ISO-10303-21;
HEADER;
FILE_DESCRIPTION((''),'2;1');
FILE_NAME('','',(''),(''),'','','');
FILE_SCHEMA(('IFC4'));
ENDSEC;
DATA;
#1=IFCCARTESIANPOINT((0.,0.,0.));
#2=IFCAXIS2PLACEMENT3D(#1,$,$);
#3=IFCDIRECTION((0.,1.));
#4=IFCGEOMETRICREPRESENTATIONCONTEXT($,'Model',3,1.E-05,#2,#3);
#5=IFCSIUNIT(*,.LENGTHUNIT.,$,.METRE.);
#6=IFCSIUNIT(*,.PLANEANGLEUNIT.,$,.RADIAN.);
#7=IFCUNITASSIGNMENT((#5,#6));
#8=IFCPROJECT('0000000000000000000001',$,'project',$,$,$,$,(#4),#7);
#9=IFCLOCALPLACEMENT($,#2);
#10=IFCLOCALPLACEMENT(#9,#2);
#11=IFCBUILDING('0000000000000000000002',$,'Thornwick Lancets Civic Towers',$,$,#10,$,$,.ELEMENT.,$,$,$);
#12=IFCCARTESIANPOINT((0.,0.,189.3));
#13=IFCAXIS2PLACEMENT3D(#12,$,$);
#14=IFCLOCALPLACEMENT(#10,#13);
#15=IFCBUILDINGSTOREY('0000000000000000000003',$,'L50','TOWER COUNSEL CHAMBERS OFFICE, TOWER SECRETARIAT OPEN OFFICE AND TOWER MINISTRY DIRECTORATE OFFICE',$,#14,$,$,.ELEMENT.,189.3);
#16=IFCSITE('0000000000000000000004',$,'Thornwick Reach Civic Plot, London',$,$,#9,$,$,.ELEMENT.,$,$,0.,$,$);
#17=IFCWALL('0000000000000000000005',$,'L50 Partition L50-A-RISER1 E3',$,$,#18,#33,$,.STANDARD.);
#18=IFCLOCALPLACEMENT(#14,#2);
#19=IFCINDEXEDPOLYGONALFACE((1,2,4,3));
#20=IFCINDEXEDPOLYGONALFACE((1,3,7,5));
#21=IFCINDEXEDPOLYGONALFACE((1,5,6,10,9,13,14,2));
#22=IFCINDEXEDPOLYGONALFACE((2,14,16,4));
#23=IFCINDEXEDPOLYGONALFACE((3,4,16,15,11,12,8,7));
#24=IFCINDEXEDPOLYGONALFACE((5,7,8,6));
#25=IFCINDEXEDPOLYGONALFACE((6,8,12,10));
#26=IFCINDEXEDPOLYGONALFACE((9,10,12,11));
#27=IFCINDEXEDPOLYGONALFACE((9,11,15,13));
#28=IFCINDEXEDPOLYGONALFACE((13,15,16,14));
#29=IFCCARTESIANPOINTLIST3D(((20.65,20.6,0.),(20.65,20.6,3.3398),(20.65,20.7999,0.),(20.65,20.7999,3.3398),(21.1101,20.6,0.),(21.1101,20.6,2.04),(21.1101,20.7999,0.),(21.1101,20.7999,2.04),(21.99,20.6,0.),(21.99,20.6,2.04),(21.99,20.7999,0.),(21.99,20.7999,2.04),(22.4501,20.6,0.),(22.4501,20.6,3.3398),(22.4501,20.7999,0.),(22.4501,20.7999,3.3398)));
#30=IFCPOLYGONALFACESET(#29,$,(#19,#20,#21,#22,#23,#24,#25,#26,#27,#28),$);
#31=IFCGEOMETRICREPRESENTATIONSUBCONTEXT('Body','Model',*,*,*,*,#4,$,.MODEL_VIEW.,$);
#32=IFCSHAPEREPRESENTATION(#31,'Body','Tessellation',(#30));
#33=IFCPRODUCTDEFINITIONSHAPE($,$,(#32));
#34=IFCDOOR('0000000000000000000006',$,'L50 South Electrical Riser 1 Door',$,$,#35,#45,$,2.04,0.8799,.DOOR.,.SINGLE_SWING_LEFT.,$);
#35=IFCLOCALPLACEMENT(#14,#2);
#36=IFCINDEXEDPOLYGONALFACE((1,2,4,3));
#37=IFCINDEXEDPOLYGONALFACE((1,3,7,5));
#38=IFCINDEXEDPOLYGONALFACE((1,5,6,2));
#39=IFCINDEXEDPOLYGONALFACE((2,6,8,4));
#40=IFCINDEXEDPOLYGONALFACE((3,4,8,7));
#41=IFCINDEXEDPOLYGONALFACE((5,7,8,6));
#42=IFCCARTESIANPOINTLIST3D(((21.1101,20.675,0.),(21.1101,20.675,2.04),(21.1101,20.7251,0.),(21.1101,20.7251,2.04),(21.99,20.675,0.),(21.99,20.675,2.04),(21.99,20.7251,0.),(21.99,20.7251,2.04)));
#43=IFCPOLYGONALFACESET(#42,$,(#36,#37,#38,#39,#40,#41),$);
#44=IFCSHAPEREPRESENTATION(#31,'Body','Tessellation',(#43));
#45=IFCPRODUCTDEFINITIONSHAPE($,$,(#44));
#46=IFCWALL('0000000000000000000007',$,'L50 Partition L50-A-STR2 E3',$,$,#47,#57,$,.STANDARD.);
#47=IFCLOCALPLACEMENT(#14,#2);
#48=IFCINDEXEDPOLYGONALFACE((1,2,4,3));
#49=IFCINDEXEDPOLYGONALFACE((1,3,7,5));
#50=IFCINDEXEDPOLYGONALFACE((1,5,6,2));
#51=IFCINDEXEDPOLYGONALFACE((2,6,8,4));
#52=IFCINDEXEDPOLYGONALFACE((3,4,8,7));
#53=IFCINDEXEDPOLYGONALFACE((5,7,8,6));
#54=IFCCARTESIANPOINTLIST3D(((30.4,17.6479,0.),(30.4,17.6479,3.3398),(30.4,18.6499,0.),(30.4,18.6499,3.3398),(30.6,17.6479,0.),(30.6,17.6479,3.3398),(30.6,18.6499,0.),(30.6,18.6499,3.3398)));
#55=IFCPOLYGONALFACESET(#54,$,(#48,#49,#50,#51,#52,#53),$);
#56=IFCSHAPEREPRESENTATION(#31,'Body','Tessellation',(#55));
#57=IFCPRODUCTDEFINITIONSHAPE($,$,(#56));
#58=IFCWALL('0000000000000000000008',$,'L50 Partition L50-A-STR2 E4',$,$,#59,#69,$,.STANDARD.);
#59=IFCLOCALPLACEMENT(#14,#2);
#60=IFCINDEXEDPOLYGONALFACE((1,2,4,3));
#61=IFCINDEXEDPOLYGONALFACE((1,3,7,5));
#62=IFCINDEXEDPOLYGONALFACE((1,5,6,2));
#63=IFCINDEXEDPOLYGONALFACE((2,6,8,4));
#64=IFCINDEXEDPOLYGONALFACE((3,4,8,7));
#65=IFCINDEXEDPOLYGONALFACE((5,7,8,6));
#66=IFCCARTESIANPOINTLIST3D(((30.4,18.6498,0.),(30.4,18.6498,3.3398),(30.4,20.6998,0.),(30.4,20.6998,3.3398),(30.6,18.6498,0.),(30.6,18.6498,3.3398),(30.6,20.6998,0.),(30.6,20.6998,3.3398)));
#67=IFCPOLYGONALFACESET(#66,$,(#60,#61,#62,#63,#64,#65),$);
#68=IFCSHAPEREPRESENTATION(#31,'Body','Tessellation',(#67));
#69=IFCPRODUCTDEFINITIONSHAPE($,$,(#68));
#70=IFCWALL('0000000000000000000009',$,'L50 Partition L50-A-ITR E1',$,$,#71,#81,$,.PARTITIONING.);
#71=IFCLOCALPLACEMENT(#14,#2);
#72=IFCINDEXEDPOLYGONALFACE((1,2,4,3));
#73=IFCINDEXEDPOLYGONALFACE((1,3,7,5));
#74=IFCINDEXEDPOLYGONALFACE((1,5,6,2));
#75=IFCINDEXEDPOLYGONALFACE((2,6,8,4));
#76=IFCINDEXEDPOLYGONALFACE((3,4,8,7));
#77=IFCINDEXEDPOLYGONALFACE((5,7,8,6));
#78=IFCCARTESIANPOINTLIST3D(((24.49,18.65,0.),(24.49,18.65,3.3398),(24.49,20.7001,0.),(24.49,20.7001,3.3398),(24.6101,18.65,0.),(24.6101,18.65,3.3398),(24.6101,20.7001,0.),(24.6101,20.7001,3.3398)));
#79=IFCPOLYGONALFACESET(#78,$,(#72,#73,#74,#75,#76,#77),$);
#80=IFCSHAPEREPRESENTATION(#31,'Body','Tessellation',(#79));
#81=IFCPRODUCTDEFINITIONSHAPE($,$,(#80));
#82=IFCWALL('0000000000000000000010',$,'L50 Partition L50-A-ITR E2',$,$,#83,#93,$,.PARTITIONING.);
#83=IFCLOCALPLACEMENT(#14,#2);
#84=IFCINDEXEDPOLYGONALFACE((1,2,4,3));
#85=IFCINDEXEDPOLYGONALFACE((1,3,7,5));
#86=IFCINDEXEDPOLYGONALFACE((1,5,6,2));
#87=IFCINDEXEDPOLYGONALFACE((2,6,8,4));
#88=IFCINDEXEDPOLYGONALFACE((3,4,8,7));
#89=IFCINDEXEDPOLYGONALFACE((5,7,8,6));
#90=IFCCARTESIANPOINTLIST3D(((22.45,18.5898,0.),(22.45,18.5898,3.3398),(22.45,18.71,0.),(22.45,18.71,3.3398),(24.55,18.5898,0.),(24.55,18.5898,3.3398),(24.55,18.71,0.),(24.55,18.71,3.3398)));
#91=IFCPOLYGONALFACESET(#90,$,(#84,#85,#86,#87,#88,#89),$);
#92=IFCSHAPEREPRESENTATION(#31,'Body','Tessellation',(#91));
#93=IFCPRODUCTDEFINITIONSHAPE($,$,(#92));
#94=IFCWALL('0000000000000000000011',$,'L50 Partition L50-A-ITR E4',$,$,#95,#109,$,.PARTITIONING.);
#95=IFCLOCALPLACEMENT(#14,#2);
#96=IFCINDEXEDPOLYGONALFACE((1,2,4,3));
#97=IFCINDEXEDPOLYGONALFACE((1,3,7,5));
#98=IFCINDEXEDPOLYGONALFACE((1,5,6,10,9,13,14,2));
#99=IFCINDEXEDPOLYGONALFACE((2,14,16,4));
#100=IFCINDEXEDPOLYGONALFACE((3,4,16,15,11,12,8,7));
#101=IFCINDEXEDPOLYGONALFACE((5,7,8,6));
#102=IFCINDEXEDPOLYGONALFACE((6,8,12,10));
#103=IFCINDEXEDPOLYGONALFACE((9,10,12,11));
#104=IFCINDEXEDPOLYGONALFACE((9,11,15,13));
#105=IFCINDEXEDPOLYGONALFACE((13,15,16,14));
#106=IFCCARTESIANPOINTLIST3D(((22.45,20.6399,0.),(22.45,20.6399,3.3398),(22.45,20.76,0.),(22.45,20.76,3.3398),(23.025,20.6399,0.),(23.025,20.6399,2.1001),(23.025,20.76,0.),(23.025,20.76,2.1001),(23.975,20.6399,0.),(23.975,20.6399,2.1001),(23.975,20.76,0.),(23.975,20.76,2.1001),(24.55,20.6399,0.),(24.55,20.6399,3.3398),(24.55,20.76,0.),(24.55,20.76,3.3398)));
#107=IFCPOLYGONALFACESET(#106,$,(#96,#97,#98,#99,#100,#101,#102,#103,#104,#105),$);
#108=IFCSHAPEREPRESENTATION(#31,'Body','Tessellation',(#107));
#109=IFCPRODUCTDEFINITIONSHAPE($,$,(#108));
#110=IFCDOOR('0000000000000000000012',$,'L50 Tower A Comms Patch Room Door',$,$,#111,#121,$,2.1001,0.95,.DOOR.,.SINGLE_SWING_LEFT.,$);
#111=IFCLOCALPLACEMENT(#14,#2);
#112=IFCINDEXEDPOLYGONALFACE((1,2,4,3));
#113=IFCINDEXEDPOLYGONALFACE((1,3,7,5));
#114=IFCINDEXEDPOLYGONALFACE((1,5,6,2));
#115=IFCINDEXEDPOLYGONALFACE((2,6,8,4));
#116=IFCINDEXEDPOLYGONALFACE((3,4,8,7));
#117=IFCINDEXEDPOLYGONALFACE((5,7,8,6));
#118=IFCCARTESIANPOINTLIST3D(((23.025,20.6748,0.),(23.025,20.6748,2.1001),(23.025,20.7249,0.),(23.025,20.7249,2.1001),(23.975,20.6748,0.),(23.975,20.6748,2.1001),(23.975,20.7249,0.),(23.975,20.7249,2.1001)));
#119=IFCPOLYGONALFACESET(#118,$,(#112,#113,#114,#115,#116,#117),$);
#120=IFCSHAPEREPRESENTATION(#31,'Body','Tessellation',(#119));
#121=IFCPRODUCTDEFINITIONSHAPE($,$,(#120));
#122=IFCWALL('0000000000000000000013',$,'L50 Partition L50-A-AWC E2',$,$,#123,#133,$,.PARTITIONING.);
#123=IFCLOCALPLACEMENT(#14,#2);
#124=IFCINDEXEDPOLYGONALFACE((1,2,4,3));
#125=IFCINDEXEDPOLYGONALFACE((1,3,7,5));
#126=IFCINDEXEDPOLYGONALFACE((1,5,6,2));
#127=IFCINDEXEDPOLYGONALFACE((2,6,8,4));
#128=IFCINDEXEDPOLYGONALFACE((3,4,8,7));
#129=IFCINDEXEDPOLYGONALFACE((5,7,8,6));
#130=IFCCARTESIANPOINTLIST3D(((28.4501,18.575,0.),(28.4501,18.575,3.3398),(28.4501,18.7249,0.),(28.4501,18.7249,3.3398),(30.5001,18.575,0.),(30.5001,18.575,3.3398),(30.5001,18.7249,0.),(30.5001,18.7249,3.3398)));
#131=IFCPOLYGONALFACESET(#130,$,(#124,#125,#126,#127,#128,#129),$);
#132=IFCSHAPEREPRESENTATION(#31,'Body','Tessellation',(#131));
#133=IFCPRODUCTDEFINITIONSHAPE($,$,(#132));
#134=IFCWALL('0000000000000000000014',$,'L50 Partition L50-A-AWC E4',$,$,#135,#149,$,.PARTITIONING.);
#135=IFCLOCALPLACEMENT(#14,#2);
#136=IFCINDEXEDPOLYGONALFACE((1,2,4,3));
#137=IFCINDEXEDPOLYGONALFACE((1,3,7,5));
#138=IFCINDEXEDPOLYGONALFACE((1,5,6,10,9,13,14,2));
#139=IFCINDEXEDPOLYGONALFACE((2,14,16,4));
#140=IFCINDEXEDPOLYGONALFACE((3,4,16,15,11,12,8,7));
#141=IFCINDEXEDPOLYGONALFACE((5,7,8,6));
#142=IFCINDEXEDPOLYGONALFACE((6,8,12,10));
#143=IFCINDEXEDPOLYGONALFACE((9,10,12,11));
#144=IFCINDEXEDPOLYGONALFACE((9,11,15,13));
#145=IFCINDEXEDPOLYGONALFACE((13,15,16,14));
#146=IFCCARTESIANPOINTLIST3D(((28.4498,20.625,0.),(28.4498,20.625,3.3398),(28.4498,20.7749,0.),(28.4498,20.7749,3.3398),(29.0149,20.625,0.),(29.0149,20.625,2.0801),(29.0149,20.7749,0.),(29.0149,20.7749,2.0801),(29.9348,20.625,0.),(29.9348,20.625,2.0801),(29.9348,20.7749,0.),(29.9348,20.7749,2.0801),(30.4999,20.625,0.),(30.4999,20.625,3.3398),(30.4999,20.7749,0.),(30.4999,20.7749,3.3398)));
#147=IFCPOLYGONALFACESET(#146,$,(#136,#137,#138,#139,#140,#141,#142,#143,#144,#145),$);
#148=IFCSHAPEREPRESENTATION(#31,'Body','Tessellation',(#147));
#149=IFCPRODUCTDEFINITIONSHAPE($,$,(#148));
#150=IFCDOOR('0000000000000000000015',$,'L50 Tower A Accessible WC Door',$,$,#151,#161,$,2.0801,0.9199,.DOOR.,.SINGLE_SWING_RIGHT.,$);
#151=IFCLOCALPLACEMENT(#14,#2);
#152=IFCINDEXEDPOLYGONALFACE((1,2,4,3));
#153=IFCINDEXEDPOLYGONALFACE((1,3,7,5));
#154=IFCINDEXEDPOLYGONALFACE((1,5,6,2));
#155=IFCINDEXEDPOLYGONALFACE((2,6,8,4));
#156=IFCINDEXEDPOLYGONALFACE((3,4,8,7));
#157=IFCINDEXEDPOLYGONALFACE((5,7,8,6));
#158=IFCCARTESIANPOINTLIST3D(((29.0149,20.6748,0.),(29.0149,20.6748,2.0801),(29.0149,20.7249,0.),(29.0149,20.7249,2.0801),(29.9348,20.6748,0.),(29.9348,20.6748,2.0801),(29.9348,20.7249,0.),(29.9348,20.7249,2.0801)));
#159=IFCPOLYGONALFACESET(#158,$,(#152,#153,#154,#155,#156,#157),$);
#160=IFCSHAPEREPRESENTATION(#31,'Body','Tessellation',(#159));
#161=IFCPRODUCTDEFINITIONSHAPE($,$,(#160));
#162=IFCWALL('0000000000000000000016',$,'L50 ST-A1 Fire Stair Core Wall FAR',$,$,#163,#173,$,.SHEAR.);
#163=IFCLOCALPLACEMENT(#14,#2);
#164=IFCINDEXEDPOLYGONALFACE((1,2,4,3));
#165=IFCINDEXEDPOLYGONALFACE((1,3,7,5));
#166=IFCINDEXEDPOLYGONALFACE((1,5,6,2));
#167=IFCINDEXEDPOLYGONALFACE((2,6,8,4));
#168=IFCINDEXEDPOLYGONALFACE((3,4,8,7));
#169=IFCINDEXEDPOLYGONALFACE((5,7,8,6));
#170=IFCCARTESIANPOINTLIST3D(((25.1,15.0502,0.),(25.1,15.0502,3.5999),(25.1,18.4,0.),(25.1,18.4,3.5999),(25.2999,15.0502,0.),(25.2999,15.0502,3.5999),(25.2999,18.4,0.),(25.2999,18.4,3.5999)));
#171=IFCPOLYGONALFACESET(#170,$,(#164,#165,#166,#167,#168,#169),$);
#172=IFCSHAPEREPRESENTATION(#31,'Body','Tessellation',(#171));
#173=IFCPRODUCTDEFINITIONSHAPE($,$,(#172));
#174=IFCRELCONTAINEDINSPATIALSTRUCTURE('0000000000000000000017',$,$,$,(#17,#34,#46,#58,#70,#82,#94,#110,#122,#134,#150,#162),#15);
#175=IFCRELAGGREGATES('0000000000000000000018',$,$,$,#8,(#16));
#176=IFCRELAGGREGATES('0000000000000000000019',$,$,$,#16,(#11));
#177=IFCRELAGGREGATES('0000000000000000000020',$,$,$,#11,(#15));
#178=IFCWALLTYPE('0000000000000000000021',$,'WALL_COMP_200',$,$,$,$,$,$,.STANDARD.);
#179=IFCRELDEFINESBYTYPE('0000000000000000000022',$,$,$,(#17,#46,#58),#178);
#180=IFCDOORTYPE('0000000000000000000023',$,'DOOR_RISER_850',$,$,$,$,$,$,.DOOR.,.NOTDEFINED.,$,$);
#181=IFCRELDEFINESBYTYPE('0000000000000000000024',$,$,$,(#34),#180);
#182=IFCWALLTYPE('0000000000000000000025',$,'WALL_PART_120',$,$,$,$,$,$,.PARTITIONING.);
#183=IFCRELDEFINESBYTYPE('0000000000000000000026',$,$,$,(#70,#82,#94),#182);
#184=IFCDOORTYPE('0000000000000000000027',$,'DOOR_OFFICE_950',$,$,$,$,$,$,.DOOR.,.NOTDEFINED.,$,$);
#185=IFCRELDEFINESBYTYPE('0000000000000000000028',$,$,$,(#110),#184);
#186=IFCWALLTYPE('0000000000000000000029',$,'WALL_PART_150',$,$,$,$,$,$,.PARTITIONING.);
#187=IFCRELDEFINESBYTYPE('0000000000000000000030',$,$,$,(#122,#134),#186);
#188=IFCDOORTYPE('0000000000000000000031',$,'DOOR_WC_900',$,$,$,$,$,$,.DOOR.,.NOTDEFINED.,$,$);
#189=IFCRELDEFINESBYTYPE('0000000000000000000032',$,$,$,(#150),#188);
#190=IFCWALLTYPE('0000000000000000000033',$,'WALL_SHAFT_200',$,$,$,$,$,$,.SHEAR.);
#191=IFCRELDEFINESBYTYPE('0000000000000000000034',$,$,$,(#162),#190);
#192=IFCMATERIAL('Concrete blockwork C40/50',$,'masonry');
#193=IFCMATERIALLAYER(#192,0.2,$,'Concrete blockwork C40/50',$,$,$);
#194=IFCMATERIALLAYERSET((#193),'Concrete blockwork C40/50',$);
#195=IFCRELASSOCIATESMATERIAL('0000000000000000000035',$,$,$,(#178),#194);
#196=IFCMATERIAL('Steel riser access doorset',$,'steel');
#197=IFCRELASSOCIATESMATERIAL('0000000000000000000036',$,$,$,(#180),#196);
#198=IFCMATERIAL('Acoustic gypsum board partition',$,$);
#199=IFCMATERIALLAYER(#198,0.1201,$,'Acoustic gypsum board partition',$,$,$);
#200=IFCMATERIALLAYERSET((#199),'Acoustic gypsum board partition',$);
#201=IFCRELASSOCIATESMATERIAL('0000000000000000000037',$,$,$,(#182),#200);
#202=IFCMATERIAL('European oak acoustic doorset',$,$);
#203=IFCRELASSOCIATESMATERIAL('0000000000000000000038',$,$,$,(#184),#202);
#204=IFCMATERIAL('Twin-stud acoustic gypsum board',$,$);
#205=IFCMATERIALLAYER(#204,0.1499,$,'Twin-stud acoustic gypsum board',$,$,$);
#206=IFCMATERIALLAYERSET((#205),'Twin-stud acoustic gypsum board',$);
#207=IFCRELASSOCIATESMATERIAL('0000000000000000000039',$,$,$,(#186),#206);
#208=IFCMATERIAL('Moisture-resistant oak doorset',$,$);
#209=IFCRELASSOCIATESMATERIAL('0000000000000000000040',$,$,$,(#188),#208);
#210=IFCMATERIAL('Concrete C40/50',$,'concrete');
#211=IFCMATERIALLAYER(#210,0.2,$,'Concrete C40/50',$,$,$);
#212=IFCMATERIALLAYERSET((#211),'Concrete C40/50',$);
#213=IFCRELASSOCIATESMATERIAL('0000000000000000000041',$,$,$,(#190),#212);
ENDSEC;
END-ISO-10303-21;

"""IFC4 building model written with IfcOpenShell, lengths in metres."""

from ifc_helpers import new_model, si_unit, direction, frame, frame_2d, origin, place, context, subcontext, project, spatial, rectangle, extrude, material, layer, layer_set, type_object, element, fill, save


model = new_model("IFC4")

# Units and contexts
model_context = context("Model", 3, precision=1e-05, world=origin(), true_north=direction((0.0, 1.0)))
body_context = subcontext(model_context, "Body", "Model", "MODEL_VIEW")
ifc_project = project(units=[si_unit("LENGTHUNIT", "METRE"), si_unit("PLANEANGLEUNIT", "RADIAN")], contexts=[model_context])

# Site, building, storey
site_placement = place(None, origin())
site = spatial("IfcSite", under=ifc_project, at=site_placement, Name="Thornwick Reach Civic Plot, London", CompositionType="ELEMENT", RefElevation=0.0)
building_placement = place(site_placement, origin())
building = spatial("IfcBuilding", under=site, at=building_placement, Name="Thornwick Lancets Civic Towers", CompositionType="ELEMENT")
storey_placement = place(building_placement, frame((0.0, 0.0, 189.3)))
storey = spatial("IfcBuildingStorey", under=building, at=storey_placement, Name="L50", Description="TOWER COUNSEL CHAMBERS OFFICE, TOWER SECRETARIAT OPEN OFFICE AND TOWER MINISTRY DIRECTORATE OFFICE", CompositionType="ELEMENT", Elevation=189.3)

# Shared definitions
ifc_material_1 = material(Name="Concrete C40/50", Category="concrete")

# Shared definitions
ifc_material_2 = material(Name="Concrete blockwork C40/50", Category="masonry")
ifc_layer_1 = layer(ifc_material_2, 0.2, Name="Concrete blockwork C40/50")
ifc_layer_set_1 = layer_set([ifc_layer_1], Name="Concrete blockwork C40/50")
wall_type_1 = type_object("IfcWallType", Name="WALL_COMP_200", PredefinedType="STANDARD", material=ifc_layer_set_1)

# Shared definitions
ifc_material_3 = material(Name="Steel riser access doorset", Category="steel")
door_type_1 = type_object("IfcDoorType", Name="DOOR_RISER_850", OperationType="NOTDEFINED", PredefinedType="DOOR", material=ifc_material_3)

# Wall, opening, door
wall_1_placement = place(storey_placement, frame((22.45, 20.7, 0.0), z_axis=(0.0, 0.0, 1.0), x_axis=(-1.0, 0.0, 0.0)))
wall_1 = element("IfcWall", 1, at=wall_1_placement, inside=storey, type_object=wall_type_1, Name="L50 Partition L50-A-RISER1 E3", PredefinedType="STANDARD", context=body_context, shape_type="SweptSolid", body=[
    extrude(rectangle(XDim=1.8, YDim=0.2, at=frame_2d((0.8999, 0.0))), origin(), (0.0, 0.0, 1.0), 3.3398),
])
opening_1_placement = place(wall_1_placement, frame((0.46, 0.0, 0.0)))
opening_1 = element("IfcOpeningElement", 2, at=opening_1_placement, cuts=wall_1, PredefinedType="OPENING", context=body_context, shape_type="SweptSolid", body=[
    extrude(rectangle(XDim=0.8799, YDim=2.04, at=frame_2d((0.4399, 1.02))), frame((0.0, 0.1099, 0.0), z_axis=(0.0, -1.0, 0.0), x_axis=(1.0, 0.0, 0.0)), (0.0, 0.0, 1.0), 0.22),
])
door_1_placement = place(opening_1_placement, origin())
door_1 = element("IfcDoor", 3, at=door_1_placement, inside=storey, type_object=door_type_1, Name="L50 South Electrical Riser 1 Door", OperationType="SINGLE_SWING_LEFT", OverallHeight=2.04, OverallWidth=0.8799, PredefinedType="DOOR", context=body_context, shape_type="SweptSolid", body=[
    extrude(rectangle(XDim=0.8799, YDim=2.04, at=frame_2d((0.4399, 1.02))), frame((0.0, 0.0249, 0.0), z_axis=(0.0, -1.0, 0.0), x_axis=(1.0, 0.0, 0.0)), (0.0, 0.0, 1.0), 0.05),
])
fill(opening_1, door_1)

# Walls
wall_2_placement = place(storey_placement, frame((30.5, 17.6479, 0.0), z_axis=(0.0, 0.0, 1.0), x_axis=(0.0, 1.0, 0.0)))
element("IfcWall", 4, at=wall_2_placement, inside=storey, type_object=wall_type_1, Name="L50 Partition L50-A-STR2 E3", PredefinedType="STANDARD", context=body_context, shape_type="SweptSolid", body=[
    extrude(rectangle(XDim=1.002, YDim=0.2, at=frame_2d((0.501, 0.0))), origin(), (0.0, 0.0, 1.0), 3.3398),
])
wall_3_placement = place(storey_placement, frame((30.5, 18.6499, 0.0), z_axis=(0.0, 0.0, 1.0), x_axis=(0.0, 1.0, 0.0)))
element("IfcWall", 5, at=wall_3_placement, inside=storey, type_object=wall_type_1, Name="L50 Partition L50-A-STR2 E4", PredefinedType="STANDARD", context=body_context, shape_type="SweptSolid", body=[
    extrude(rectangle(XDim=2.05, YDim=0.2, at=frame_2d((1.0249, 0.0))), origin(), (0.0, 0.0, 1.0), 3.3398),
])
ifc_material_4 = material(Name="Acoustic gypsum board partition")
ifc_layer_2 = layer(ifc_material_4, 0.1201, Name="Acoustic gypsum board partition")
ifc_layer_set_2 = layer_set([ifc_layer_2], Name="Acoustic gypsum board partition")
wall_type_2 = type_object("IfcWallType", Name="WALL_PART_120", PredefinedType="PARTITIONING", material=ifc_layer_set_2)
wall_4_placement = place(storey_placement, frame((24.55, 20.7, 0.0), z_axis=(0.0, 0.0, 1.0), x_axis=(0.0, -1.0, 0.0)))
element("IfcWall", 6, at=wall_4_placement, inside=storey, type_object=wall_type_2, Name="L50 Partition L50-A-ITR E1", PredefinedType="PARTITIONING", context=body_context, shape_type="SweptSolid", body=[
    extrude(rectangle(XDim=2.05, YDim=0.1201, at=frame_2d((1.0249, 0.0))), origin(), (0.0, 0.0, 1.0), 3.3398),
])
wall_5_placement = place(storey_placement, frame((24.55, 18.6499, 0.0), z_axis=(0.0, 0.0, 1.0), x_axis=(-1.0, 0.0, 0.0)))
element("IfcWall", 7, at=wall_5_placement, inside=storey, type_object=wall_type_2, Name="L50 Partition L50-A-ITR E2", PredefinedType="PARTITIONING", context=body_context, shape_type="SweptSolid", body=[
    extrude(rectangle(XDim=2.1001, YDim=0.1201, at=frame_2d((1.05, 0.0))), origin(), (0.0, 0.0, 1.0), 3.3398),
])

# Wall, opening, door
wall_6_placement = place(storey_placement, frame((22.45, 20.7, 0.0), z_axis=(0.0, 0.0, 1.0), x_axis=(1.0, 0.0, 0.0)))
wall_6 = element("IfcWall", 8, at=wall_6_placement, inside=storey, type_object=wall_type_2, Name="L50 Partition L50-A-ITR E4", PredefinedType="PARTITIONING", context=body_context, shape_type="SweptSolid", body=[
    extrude(rectangle(XDim=2.1001, YDim=0.1201, at=frame_2d((1.05, 0.0))), origin(), (0.0, 0.0, 1.0), 3.3398),
])
opening_2_placement = place(wall_6_placement, frame((0.575, 0.0, 0.0)))
opening_2 = element("IfcOpeningElement", 9, at=opening_2_placement, cuts=wall_6, PredefinedType="OPENING", context=body_context, shape_type="SweptSolid", body=[
    extrude(rectangle(XDim=0.95, YDim=2.1001, at=frame_2d((0.4751, 1.05))), frame((0.0, 0.0701, 0.0), z_axis=(0.0, -1.0, 0.0), x_axis=(1.0, 0.0, 0.0)), (0.0, 0.0, 1.0), 0.1401),
])
ifc_material_5 = material(Name="European oak acoustic doorset")
door_type_2 = type_object("IfcDoorType", Name="DOOR_OFFICE_950", OperationType="NOTDEFINED", PredefinedType="DOOR", material=ifc_material_5)
door_2_placement = place(opening_2_placement, origin())
door_2 = element("IfcDoor", 10, at=door_2_placement, inside=storey, type_object=door_type_2, Name="L50 Tower A Comms Patch Room Door", OperationType="SINGLE_SWING_LEFT", OverallHeight=2.1001, OverallWidth=0.95, PredefinedType="DOOR", context=body_context, shape_type="SweptSolid", body=[
    extrude(rectangle(XDim=0.95, YDim=2.1001, at=frame_2d((0.4751, 1.05))), frame((0.0, 0.0249, 0.0), z_axis=(0.0, -1.0, 0.0), x_axis=(1.0, 0.0, 0.0)), (0.0, 0.0, 1.0), 0.05),
])
fill(opening_2, door_2)

# Wall
ifc_material_6 = material(Name="Twin-stud acoustic gypsum board")
ifc_layer_3 = layer(ifc_material_6, 0.1499, Name="Twin-stud acoustic gypsum board")
ifc_layer_set_3 = layer_set([ifc_layer_3], Name="Twin-stud acoustic gypsum board")
wall_type_3 = type_object("IfcWallType", Name="WALL_PART_150", PredefinedType="PARTITIONING", material=ifc_layer_set_3)
wall_7_placement = place(storey_placement, frame((30.5, 18.6499, 0.0), z_axis=(0.0, 0.0, 1.0), x_axis=(-1.0, 0.0, 0.0)))
element("IfcWall", 11, at=wall_7_placement, inside=storey, type_object=wall_type_3, Name="L50 Partition L50-A-AWC E2", PredefinedType="PARTITIONING", context=body_context, shape_type="SweptSolid", body=[
    extrude(rectangle(XDim=2.05, YDim=0.1499, at=frame_2d((1.0249, 0.0))), origin(), (0.0, 0.0, 1.0), 3.3398),
])

# Wall, opening, door
wall_8_placement = place(storey_placement, frame((28.45, 20.7, 0.0), z_axis=(0.0, 0.0, 1.0), x_axis=(1.0, 0.0, 0.0)))
wall_8 = element("IfcWall", 12, at=wall_8_placement, inside=storey, type_object=wall_type_3, Name="L50 Partition L50-A-AWC E4", PredefinedType="PARTITIONING", context=body_context, shape_type="SweptSolid", body=[
    extrude(rectangle(XDim=2.05, YDim=0.1499, at=frame_2d((1.0249, 0.0))), origin(), (0.0, 0.0, 1.0), 3.3398),
])
opening_3_placement = place(wall_8_placement, frame((0.5649, 0.0, 0.0)))
opening_3 = element("IfcOpeningElement", 13, at=opening_3_placement, cuts=wall_8, PredefinedType="OPENING", context=body_context, shape_type="SweptSolid", body=[
    extrude(rectangle(XDim=0.9199, YDim=2.0801, at=frame_2d((0.46, 1.04))), frame((0.0, 0.085, 0.0), z_axis=(0.0, -1.0, 0.0), x_axis=(1.0, 0.0, 0.0)), (0.0, 0.0, 1.0), 0.1699),
])
ifc_material_7 = material(Name="Moisture-resistant oak doorset")
door_type_3 = type_object("IfcDoorType", Name="DOOR_WC_900", OperationType="NOTDEFINED", PredefinedType="DOOR", material=ifc_material_7)
door_3_placement = place(opening_3_placement, origin())
door_3 = element("IfcDoor", 14, at=door_3_placement, inside=storey, type_object=door_type_3, Name="L50 Tower A Accessible WC Door", OperationType="SINGLE_SWING_RIGHT", OverallHeight=2.0801, OverallWidth=0.9199, PredefinedType="DOOR", context=body_context, shape_type="SweptSolid", body=[
    extrude(rectangle(XDim=0.9199, YDim=2.0801, at=frame_2d((0.46, 1.04))), frame((0.0, 0.0249, 0.0), z_axis=(0.0, -1.0, 0.0), x_axis=(1.0, 0.0, 0.0)), (0.0, 0.0, 1.0), 0.05),
])
fill(opening_3, door_3)

# Wall
ifc_layer_4 = layer(ifc_material_1, 0.2, Name="Concrete C40/50")
ifc_layer_set_4 = layer_set([ifc_layer_4], Name="Concrete C40/50")
wall_type_4 = type_object("IfcWallType", Name="WALL_SHAFT_200", PredefinedType="SHEAR", material=ifc_layer_set_4)
wall_9_placement = place(storey_placement, frame((25.2, 18.3999, 0.0), z_axis=(0.0, 0.0, 1.0), x_axis=(0.0, -1.0, 0.0)))
element("IfcWall", 15, at=wall_9_placement, inside=storey, type_object=wall_type_4, Name="L50 ST-A1 Fire Stair Core Wall FAR", PredefinedType="SHEAR", context=body_context, shape_type="SweptSolid", body=[
    extrude(rectangle(XDim=3.3499, YDim=0.2, at=frame_2d((1.6748, 0.0))), origin(), (0.0, 0.0, 1.0), 3.5999),
])

save(model, "model.ifc")
